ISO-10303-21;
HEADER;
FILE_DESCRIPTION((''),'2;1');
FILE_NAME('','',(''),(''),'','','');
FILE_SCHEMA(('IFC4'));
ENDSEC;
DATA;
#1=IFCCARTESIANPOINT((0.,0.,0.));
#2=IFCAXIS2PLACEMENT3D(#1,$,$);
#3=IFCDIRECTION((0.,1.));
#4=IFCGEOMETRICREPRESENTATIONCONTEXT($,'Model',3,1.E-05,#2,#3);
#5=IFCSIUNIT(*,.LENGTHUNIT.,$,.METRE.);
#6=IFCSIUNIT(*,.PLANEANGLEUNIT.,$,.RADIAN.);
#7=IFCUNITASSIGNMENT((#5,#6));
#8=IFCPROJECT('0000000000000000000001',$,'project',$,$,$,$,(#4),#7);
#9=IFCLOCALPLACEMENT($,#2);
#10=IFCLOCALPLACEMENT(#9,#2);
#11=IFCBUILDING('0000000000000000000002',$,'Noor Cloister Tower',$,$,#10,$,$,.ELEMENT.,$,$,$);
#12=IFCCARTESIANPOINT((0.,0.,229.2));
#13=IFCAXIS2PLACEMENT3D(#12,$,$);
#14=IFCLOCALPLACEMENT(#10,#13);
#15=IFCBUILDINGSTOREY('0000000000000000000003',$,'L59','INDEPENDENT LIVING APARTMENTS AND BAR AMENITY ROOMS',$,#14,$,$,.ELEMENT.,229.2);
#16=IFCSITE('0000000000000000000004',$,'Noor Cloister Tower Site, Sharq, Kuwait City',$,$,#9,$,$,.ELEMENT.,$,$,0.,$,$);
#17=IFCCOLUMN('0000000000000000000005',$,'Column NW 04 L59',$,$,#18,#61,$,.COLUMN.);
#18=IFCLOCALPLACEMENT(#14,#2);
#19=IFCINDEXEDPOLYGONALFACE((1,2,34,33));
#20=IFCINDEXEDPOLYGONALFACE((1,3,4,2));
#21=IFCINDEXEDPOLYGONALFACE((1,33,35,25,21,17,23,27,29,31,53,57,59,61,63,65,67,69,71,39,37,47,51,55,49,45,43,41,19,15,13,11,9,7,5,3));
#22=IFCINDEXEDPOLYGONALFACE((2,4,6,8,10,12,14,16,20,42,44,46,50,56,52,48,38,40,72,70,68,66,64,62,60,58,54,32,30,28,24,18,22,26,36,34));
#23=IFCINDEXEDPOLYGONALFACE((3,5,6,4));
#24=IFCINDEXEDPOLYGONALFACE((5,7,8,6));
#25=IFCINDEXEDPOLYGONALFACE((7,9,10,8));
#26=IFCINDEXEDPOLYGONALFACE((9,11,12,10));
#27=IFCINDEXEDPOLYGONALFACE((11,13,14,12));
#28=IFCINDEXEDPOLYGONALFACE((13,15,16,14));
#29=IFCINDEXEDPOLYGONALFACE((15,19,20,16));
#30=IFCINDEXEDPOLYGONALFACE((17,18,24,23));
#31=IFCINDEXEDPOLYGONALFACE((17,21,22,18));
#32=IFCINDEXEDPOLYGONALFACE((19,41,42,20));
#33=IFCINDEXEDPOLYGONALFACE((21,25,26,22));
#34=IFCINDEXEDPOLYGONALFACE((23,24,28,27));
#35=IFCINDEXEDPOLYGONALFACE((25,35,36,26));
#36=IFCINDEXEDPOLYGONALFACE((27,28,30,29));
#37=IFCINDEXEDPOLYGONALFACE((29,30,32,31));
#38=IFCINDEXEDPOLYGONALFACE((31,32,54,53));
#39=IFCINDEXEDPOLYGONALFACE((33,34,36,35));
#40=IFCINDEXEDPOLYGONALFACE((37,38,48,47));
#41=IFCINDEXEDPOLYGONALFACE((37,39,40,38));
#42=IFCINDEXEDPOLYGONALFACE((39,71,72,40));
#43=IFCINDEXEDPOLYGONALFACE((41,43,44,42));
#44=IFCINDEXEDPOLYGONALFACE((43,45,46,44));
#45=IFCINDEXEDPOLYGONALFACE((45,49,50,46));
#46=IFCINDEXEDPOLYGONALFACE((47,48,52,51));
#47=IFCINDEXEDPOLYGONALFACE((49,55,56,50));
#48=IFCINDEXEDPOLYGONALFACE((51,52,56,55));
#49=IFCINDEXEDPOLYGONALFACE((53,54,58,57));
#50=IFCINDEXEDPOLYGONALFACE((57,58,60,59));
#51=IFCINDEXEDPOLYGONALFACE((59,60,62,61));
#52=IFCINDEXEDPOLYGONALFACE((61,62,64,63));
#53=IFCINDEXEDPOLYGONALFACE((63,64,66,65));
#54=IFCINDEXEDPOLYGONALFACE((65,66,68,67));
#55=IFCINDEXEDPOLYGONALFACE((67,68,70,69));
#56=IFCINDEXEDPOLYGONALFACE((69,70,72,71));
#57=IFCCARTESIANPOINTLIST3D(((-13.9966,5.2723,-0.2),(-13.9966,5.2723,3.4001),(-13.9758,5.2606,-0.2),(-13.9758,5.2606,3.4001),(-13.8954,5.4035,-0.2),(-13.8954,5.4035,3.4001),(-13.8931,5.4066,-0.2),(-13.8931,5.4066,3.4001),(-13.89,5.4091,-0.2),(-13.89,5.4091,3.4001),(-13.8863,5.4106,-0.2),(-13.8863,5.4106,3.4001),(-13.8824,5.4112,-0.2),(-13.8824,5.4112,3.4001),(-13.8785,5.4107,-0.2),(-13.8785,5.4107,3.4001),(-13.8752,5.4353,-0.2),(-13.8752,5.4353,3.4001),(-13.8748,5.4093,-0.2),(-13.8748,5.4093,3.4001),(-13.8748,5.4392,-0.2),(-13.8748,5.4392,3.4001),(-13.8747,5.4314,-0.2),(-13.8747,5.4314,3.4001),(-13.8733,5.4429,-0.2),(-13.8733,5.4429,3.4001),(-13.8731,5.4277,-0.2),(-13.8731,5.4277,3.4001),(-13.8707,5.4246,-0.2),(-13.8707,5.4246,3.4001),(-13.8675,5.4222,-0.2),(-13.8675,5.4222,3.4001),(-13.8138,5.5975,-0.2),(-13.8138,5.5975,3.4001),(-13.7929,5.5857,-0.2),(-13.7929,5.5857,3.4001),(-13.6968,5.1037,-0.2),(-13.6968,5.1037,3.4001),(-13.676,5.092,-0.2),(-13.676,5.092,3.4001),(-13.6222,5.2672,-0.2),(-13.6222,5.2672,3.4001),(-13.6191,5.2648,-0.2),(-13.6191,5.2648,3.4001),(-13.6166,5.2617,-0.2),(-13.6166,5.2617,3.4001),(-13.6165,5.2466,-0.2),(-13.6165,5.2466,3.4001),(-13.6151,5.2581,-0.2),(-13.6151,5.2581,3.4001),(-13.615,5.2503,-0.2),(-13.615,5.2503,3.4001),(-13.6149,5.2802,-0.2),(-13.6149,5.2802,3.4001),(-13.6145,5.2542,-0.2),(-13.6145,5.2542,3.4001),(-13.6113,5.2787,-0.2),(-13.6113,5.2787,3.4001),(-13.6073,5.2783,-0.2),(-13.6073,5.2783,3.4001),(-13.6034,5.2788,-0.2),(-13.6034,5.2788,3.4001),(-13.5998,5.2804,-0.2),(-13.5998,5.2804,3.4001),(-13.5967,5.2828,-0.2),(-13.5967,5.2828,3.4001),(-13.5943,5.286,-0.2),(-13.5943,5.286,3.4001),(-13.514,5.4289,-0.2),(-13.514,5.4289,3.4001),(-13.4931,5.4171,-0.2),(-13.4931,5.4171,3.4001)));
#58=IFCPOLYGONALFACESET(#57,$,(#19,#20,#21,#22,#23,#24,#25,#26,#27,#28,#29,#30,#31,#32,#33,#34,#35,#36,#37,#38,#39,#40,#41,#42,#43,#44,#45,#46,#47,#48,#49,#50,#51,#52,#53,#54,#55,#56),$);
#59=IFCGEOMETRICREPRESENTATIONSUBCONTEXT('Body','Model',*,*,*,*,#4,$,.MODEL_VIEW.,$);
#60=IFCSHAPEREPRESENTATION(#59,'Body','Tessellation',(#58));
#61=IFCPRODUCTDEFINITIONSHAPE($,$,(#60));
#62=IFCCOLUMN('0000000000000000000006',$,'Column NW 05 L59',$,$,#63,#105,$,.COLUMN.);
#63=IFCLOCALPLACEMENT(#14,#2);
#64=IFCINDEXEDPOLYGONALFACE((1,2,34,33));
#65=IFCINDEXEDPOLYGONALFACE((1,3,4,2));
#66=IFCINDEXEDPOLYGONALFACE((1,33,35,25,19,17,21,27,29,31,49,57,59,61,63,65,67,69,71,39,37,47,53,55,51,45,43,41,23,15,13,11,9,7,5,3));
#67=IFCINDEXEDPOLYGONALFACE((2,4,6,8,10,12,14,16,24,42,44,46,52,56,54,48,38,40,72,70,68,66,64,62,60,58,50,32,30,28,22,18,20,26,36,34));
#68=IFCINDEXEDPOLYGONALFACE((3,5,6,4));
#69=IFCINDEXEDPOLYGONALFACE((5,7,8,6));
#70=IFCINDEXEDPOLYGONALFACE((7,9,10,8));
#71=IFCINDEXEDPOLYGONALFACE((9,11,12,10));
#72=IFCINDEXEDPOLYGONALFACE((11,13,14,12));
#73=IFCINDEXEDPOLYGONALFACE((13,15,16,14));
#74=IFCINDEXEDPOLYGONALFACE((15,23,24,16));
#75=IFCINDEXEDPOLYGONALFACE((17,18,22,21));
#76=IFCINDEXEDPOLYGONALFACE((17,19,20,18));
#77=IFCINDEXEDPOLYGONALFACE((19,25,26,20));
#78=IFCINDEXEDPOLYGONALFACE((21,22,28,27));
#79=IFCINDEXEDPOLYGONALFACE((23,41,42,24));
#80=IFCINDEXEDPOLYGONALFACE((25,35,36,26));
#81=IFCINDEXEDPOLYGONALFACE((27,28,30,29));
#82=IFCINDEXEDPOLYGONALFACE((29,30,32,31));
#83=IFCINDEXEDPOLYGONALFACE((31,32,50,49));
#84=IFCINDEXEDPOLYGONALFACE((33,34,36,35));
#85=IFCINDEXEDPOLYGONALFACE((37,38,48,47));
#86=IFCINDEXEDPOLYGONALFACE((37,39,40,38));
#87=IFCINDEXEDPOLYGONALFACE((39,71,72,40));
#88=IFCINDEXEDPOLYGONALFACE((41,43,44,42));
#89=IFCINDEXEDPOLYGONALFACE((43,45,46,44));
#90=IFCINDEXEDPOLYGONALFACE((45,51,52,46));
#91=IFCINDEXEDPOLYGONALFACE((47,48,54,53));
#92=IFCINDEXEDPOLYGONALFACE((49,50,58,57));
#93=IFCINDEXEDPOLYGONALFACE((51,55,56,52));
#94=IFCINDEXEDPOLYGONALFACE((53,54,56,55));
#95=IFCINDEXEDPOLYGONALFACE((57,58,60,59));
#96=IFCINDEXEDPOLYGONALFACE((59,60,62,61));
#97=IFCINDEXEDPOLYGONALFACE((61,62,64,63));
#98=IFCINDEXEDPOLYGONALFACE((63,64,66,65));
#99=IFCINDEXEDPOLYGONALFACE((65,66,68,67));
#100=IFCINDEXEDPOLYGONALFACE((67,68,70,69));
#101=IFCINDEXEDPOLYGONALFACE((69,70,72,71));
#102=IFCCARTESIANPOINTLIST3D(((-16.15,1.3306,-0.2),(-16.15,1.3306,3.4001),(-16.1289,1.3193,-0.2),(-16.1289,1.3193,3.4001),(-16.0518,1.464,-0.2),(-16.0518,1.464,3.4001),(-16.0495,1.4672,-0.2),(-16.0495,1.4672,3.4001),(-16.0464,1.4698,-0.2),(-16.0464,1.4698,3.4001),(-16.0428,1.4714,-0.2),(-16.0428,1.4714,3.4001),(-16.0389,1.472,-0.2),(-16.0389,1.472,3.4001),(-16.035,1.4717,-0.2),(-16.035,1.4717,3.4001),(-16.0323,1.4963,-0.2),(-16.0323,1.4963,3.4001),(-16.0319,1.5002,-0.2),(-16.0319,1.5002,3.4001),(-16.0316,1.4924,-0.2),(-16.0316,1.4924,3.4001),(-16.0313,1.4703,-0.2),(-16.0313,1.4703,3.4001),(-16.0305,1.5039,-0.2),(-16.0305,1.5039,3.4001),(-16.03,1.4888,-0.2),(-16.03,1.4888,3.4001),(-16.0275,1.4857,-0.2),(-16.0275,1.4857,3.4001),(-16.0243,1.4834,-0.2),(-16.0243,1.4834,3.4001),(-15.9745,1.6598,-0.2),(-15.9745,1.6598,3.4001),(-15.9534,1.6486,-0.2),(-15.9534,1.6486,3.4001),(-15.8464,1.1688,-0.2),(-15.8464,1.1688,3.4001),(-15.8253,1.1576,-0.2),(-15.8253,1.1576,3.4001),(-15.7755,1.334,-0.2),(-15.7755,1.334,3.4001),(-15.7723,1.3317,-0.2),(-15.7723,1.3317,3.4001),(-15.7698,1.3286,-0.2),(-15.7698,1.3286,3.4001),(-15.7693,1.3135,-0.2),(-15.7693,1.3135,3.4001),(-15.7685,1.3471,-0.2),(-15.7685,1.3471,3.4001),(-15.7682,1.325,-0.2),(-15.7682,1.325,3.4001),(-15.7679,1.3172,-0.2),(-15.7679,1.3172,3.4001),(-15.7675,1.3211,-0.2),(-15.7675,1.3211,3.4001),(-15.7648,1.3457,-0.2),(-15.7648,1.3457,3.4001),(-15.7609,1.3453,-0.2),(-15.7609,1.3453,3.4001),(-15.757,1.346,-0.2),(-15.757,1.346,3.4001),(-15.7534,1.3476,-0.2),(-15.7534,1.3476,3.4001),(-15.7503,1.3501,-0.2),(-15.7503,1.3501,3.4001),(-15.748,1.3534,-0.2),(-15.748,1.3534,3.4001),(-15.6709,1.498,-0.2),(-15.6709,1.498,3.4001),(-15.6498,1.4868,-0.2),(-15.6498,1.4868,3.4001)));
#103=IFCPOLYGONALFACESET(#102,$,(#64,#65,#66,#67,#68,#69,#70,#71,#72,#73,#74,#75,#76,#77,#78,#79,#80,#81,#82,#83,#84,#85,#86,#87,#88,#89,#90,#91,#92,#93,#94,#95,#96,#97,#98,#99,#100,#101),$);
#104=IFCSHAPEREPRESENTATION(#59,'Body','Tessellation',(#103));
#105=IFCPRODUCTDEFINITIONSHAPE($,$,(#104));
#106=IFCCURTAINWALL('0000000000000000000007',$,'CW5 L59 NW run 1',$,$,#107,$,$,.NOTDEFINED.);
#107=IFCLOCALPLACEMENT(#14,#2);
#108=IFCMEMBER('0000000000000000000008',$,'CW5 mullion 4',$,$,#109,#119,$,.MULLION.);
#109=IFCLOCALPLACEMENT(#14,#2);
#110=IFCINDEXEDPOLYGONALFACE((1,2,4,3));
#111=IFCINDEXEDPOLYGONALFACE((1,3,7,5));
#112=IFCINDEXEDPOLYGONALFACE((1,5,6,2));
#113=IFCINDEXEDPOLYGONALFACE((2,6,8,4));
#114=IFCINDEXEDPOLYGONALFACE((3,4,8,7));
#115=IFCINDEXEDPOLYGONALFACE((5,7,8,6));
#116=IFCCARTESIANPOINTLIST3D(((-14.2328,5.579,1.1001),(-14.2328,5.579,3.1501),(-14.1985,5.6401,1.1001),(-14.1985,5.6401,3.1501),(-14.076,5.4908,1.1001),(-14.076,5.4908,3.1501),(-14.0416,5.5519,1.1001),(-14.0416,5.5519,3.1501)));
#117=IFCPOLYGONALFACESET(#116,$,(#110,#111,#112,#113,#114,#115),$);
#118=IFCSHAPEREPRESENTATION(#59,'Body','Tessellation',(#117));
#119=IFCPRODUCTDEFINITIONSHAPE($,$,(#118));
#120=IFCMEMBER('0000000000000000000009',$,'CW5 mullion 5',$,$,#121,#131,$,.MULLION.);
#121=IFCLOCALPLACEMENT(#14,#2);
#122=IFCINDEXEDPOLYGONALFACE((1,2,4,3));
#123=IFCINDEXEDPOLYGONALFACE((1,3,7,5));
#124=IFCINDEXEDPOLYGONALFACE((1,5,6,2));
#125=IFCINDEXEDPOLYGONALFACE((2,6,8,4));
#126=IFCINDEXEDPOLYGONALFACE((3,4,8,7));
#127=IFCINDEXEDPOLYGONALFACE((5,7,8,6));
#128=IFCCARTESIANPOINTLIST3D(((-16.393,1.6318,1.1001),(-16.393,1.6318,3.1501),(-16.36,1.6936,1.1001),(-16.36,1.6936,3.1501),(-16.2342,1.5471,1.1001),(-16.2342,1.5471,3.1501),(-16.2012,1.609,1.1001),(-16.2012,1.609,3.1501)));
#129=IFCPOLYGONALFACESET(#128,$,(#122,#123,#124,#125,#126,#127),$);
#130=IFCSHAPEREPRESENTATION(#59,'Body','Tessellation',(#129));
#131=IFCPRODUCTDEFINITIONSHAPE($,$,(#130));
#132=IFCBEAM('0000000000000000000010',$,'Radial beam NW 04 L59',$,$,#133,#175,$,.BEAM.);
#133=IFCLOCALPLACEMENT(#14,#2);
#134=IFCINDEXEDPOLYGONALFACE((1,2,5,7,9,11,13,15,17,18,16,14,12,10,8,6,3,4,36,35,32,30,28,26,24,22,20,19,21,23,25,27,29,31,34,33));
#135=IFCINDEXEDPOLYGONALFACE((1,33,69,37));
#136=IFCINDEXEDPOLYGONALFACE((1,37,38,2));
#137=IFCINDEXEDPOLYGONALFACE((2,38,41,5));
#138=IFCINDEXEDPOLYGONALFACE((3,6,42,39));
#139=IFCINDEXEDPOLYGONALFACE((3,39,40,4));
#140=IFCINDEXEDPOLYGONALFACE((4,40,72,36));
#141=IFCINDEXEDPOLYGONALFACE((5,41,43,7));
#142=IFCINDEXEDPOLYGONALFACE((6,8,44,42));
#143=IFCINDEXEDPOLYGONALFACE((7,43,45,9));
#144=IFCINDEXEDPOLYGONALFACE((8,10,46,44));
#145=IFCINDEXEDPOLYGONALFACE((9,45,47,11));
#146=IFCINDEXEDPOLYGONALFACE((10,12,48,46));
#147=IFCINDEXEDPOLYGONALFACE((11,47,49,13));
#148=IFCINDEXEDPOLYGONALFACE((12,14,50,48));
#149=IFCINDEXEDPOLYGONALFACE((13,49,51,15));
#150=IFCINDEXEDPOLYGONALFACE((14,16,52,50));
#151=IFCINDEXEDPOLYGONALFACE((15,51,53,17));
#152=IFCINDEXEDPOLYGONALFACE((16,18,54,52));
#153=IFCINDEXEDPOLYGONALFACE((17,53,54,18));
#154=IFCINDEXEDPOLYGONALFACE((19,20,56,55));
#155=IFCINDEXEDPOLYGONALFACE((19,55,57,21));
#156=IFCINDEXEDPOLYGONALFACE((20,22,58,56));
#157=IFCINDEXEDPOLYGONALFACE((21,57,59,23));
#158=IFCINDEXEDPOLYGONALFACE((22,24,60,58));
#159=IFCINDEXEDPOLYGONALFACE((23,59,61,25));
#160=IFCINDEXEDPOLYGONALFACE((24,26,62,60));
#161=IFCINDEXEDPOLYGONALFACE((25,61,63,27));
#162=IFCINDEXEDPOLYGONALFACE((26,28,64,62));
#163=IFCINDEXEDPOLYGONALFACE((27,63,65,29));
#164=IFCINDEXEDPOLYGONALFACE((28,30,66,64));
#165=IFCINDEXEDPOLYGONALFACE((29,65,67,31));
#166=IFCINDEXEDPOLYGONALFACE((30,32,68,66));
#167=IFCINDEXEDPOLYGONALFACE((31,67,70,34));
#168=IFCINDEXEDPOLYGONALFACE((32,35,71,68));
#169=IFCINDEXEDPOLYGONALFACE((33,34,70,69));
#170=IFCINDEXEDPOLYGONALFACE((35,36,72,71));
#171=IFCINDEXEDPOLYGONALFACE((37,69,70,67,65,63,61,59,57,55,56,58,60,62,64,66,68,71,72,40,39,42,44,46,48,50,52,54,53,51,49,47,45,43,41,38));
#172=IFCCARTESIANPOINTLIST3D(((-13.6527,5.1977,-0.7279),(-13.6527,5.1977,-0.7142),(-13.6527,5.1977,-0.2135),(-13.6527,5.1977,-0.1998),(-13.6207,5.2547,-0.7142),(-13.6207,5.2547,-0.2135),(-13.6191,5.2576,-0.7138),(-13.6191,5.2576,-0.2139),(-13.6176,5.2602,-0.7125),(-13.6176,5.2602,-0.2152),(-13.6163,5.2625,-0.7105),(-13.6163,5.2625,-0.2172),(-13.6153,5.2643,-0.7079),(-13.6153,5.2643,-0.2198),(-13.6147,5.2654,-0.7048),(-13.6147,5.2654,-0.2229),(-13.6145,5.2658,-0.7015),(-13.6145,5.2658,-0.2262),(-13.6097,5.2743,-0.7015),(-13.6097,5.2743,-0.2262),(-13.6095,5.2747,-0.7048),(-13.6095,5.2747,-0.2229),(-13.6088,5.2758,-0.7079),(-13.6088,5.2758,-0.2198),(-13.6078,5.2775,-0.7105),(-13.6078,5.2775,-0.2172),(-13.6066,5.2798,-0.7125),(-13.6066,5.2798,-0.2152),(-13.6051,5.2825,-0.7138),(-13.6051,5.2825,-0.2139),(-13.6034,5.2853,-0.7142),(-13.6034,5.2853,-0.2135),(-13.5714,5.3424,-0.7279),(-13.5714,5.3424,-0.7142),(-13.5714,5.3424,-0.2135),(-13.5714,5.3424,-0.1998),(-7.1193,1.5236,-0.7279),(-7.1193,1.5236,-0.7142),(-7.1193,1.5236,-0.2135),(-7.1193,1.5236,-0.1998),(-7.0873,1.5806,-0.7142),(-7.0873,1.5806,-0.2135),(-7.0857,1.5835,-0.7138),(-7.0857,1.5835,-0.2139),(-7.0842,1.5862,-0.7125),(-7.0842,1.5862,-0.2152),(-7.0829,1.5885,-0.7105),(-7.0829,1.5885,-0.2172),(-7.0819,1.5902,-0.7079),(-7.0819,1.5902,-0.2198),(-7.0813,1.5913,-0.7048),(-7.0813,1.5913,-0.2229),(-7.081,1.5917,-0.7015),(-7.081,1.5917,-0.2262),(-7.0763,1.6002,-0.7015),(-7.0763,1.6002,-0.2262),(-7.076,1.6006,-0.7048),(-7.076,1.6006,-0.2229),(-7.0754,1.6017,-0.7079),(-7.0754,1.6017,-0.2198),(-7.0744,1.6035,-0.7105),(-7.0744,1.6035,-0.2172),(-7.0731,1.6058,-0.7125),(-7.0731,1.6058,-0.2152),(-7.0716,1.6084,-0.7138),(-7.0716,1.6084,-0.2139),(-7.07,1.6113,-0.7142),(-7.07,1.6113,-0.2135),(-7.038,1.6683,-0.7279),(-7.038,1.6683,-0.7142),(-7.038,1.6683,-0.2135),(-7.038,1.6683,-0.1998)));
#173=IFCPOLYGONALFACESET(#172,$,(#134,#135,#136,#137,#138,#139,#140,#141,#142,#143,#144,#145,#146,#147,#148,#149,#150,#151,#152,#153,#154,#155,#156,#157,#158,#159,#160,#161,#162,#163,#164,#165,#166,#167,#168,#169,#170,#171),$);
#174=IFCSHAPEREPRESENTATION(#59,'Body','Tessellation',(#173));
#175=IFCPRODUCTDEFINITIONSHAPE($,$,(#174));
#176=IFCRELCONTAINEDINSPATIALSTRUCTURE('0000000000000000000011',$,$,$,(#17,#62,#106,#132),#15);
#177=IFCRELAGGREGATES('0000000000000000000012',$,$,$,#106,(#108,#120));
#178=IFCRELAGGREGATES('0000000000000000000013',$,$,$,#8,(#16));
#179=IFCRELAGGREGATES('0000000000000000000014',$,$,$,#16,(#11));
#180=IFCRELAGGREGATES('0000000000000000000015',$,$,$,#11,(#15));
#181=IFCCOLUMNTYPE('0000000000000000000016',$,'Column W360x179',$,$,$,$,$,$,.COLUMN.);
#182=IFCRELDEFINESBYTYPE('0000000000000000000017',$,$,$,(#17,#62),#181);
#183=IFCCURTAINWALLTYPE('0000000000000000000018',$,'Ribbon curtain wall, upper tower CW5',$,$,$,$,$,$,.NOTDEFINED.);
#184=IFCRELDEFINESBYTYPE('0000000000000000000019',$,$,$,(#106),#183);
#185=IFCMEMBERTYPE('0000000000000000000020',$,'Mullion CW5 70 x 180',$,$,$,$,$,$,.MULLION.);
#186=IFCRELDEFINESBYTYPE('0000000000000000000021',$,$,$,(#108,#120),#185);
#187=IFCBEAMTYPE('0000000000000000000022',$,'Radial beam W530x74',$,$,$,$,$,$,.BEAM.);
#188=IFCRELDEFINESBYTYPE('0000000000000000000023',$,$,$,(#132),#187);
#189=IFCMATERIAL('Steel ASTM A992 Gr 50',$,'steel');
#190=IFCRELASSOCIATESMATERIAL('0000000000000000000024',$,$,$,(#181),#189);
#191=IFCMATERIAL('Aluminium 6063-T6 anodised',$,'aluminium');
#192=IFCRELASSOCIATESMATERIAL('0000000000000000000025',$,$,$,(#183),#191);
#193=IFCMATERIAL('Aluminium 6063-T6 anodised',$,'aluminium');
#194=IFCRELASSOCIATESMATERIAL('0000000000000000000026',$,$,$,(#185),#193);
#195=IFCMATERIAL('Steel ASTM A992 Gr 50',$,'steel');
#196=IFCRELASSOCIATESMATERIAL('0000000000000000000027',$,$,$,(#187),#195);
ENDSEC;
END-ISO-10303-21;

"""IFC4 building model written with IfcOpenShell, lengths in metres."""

from ifc_helpers import new_model, si_unit, direction, frame, origin, origin_2d, place, context, subcontext, project, spatial, rectangle, i_section, extrude, material, material_profile, profile_set, type_object, element, aggregate, save


model = new_model("IFC4")

# Units and contexts
model_context = context("Model", 3, precision=1e-05, world=origin(), true_north=direction((0.0, 1.0)))
body_context = subcontext(model_context, "Body", "Model", "MODEL_VIEW")
ifc_project = project(units=[si_unit("LENGTHUNIT", "METRE"), si_unit("PLANEANGLEUNIT", "RADIAN")], contexts=[model_context])

# Site, building, storey
site_placement = place(None, origin())
site = spatial("IfcSite", under=ifc_project, at=site_placement, Name="Noor Cloister Tower Site, Sharq, Kuwait City", CompositionType="ELEMENT", RefElevation=0.0)
building_placement = place(site_placement, origin())
building = spatial("IfcBuilding", under=site, at=building_placement, Name="Noor Cloister Tower", CompositionType="ELEMENT")
storey_placement = place(building_placement, frame((0.0, 0.0, 229.2)))
storey = spatial("IfcBuildingStorey", under=building, at=storey_placement, Name="L59", Description="INDEPENDENT LIVING APARTMENTS AND BAR AMENITY ROOMS", CompositionType="ELEMENT", Elevation=229.2)

# Columns
ifc_material_1 = material(Name="Steel ASTM A992 Gr 50", Category="steel")
ifc_material_profile_1 = material_profile(ifc_material_1, i_section(OverallWidth=0.373, OverallDepth=0.3679, WebThickness=0.0149, FlangeThickness=0.0239, FilletRadius=0.0151, at=origin_2d()), Name="W360x179")
ifc_profile_set_1 = profile_set([ifc_material_profile_1], Name="Steel ASTM A992 Gr 50")
column_type = type_object("IfcColumnType", Name="Column W360x179", PredefinedType="COLUMN", material=ifc_profile_set_1)
for number, where, z_axis, x_axis, name in (
    (1, (-13.7449, 5.3447, -0.2), (0.0, 0.0, 1.0), (-0.49016, -0.871632, 0.0), "Column NW 04 L59"),
    (2, (-15.8999, 1.4087, -0.2), (0.0, 0.0, 1.0), (-0.470293, -0.88251, 0.0), "Column NW 05 L59"),
):
    element("IfcColumn", number, at=place(storey_placement, frame(where, z_axis=z_axis, x_axis=x_axis)), inside=storey, type_object=column_type, Name=name, PredefinedType="COLUMN", context=body_context, shape_type="SweptSolid", body=[
        extrude(i_section(OverallWidth=0.373, OverallDepth=0.3679, WebThickness=0.0149, FlangeThickness=0.0239, FilletRadius=0.0151, at=origin_2d()), origin(), (0.0, 0.0, 1.0), 3.6001),
    ])

# Curtain wall, members
ifc_material_2 = material(Name="Aluminium 6063-T6 anodised", Category="aluminium")
curtain_wall_type = type_object("IfcCurtainWallType", Name="Ribbon curtain wall, upper tower CW5", PredefinedType="NOTDEFINED", material=ifc_material_2)
curtain_wall_placement = place(storey_placement, origin())
curtain_wall = element("IfcCurtainWall", 3, at=curtain_wall_placement, inside=storey, type_object=curtain_wall_type, Name="CW5 L59 NW run 1", PredefinedType="NOTDEFINED")
ifc_material_3 = material(Name="Aluminium 6063-T6 anodised", Category="aluminium")
ifc_material_profile_2 = material_profile(ifc_material_3, rectangle(XDim=0.1799, YDim=0.0701, at=origin_2d()), Name="180 x 70 mullion")
ifc_profile_set_2 = profile_set([ifc_material_profile_2], Name="Aluminium 6063-T6 anodised")
member_type = type_object("IfcMemberType", Name="Mullion CW5 70 x 180", PredefinedType="MULLION", material=ifc_profile_set_2)
member_1_placement = place(storey_placement, frame((-14.1372, 5.5654, 1.1001), z_axis=(0.0, 0.0, 1.0), x_axis=(0.871632, -0.49016, 0.0)))
member_1 = element("IfcMember", 4, at=member_1_placement, type_object=member_type, Name="CW5 mullion 4", PredefinedType="MULLION", context=body_context, shape_type="SweptSolid", body=[
    extrude(rectangle(XDim=0.1799, YDim=0.0701, at=origin_2d()), origin(), (0.0, 0.0, 1.0), 2.05),
])
member_2_placement = place(storey_placement, frame((-16.2971, 1.6204, 1.1001), z_axis=(0.0, 0.0, 1.0), x_axis=(0.88251, -0.470293, 0.0)))
member_2 = element("IfcMember", 5, at=member_2_placement, type_object=member_type, Name="CW5 mullion 5", PredefinedType="MULLION", context=body_context, shape_type="SweptSolid", body=[
    extrude(rectangle(XDim=0.1799, YDim=0.0701, at=origin_2d()), origin(), (0.0, 0.0, 1.0), 2.05),
])

# Beam
ifc_material_4 = material(Name="Steel ASTM A992 Gr 50", Category="steel")
ifc_material_profile_3 = material_profile(ifc_material_4, i_section(OverallWidth=0.166, OverallDepth=0.5281, WebThickness=0.0098, FlangeThickness=0.0137, FilletRadius=0.0127, at=origin_2d()), Name="W530x74")
ifc_profile_set_3 = profile_set([ifc_material_profile_3], Name="Steel ASTM A992 Gr 50")
beam_type_1 = type_object("IfcBeamType", Name="Radial beam W530x74", PredefinedType="BEAM", material=ifc_profile_set_3)
beam_1_placement = place(storey_placement, frame((-13.6121, 5.27, -0.4639), z_axis=(0.871632, -0.490161, 0.0), x_axis=(0.490161, 0.871632, 0.0)))
element("IfcBeam", 6, at=beam_1_placement, inside=storey, type_object=beam_type_1, Name="Radial beam NW 04 L59", PredefinedType="BEAM", context=body_context, shape_type="SweptSolid", body=[
    extrude(i_section(OverallWidth=0.166, OverallDepth=0.5281, WebThickness=0.0098, FlangeThickness=0.0137, FilletRadius=0.0127, at=origin_2d()), origin(), (0.0, 0.0, 1.0), 7.4956),
])

aggregate(curtain_wall, [member_1, member_2])

save(model, "model.ifc")
